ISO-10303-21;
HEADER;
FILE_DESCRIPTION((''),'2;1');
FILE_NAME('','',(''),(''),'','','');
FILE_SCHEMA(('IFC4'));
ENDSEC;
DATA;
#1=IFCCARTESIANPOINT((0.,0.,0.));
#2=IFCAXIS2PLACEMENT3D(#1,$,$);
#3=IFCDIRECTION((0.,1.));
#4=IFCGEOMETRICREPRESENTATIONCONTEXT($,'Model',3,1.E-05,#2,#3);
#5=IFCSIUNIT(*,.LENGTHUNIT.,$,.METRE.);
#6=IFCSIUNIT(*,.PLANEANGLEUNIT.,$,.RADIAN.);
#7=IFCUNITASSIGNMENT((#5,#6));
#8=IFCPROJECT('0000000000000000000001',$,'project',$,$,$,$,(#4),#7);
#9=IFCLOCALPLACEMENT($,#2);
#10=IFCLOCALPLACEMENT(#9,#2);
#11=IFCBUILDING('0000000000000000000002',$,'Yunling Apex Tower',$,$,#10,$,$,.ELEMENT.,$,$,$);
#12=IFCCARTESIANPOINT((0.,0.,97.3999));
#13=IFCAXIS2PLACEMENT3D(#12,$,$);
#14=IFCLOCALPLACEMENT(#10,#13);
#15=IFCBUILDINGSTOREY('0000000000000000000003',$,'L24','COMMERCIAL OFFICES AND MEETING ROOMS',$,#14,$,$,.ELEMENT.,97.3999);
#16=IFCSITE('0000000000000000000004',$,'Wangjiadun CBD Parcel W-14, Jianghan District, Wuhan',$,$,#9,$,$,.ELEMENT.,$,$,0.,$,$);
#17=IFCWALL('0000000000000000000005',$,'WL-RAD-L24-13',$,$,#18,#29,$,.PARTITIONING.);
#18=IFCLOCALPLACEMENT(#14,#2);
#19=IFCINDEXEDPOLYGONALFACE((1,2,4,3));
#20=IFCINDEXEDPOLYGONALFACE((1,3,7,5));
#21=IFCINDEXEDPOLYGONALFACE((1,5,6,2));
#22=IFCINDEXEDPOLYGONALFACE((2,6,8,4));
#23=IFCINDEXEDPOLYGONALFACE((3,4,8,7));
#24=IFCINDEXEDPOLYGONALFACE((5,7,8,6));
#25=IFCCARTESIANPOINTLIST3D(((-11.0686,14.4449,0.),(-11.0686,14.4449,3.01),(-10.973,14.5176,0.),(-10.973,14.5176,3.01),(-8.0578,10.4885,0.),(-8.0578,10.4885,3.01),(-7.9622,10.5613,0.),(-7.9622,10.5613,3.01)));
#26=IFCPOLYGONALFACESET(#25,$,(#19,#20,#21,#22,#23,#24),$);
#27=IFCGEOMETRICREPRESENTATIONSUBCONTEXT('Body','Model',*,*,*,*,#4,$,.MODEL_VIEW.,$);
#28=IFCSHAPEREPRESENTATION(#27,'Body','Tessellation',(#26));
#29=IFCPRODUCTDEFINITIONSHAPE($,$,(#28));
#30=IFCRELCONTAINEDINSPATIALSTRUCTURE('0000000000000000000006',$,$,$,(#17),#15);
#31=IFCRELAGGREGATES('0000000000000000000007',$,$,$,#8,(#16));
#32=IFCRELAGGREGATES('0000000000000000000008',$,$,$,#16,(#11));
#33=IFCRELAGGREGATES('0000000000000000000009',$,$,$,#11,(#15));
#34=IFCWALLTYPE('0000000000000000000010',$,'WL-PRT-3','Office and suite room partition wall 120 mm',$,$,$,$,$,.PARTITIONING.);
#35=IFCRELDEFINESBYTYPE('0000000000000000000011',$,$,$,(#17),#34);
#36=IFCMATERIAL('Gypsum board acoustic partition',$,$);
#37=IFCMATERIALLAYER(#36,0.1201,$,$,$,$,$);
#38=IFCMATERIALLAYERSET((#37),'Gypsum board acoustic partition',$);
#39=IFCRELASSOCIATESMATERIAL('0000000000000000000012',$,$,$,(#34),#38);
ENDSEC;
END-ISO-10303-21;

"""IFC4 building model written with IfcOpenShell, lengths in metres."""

from ifc_helpers import new_model, si_unit, direction, frame, frame_2d, origin, place, context, subcontext, project, spatial, rectangle, extrude, material, layer, layer_set, type_object, element, save


model = new_model("IFC4")

# Units and contexts
model_context = context("Model", 3, precision=1e-05, world=origin(), true_north=direction((0.0, 1.0)))
body_context = subcontext(model_context, "Body", "Model", "MODEL_VIEW")
ifc_project = project(units=[si_unit("LENGTHUNIT", "METRE"), si_unit("PLANEANGLEUNIT", "RADIAN")], contexts=[model_context])

# Site, building, storey
site_placement = place(None, origin())
site = spatial("IfcSite", under=ifc_project, at=site_placement, Name="Wangjiadun CBD Parcel W-14, Jianghan District, Wuhan", CompositionType="ELEMENT", RefElevation=0.0)
building_placement = place(site_placement, origin())
building = spatial("IfcBuilding", under=site, at=building_placement, Name="Yunling Apex Tower", CompositionType="ELEMENT")
storey_placement = place(building_placement, frame((0.0, 0.0, 97.3999)))
storey = spatial("IfcBuildingStorey", under=building, at=storey_placement, Name="L24", Description="COMMERCIAL OFFICES AND MEETING ROOMS", CompositionType="ELEMENT", Elevation=97.3999)

# Shared definitions
ifc_material_1 = material(Name="Gypsum board acoustic partition")

# Wall
ifc_layer_1 = layer(ifc_material_1, 0.1201)
ifc_layer_set_1 = layer_set([ifc_layer_1], Name="Gypsum board acoustic partition")
wall_type_1 = type_object("IfcWallType", Name="WL-PRT-3", Description="Office and suite room partition wall 120 mm", PredefinedType="PARTITIONING", material=ifc_layer_set_1)
wall_1_placement = place(storey_placement, frame((-8.01, 10.5249, 0.0), z_axis=(0.0, 0.0, 1.0), x_axis=(-0.605587, 0.795779, 0.0)))
element("IfcWall", 1, at=wall_1_placement, inside=storey, type_object=wall_type_1, Name="WL-RAD-L24-13", PredefinedType="PARTITIONING", context=body_context, shape_type="SweptSolid", body=[
    extrude(rectangle(XDim=4.9717, YDim=0.1201, at=frame_2d((2.4858, 0.0))), origin(), (0.0, 0.0, 1.0), 3.01),
])

save(model, "model.ifc")
